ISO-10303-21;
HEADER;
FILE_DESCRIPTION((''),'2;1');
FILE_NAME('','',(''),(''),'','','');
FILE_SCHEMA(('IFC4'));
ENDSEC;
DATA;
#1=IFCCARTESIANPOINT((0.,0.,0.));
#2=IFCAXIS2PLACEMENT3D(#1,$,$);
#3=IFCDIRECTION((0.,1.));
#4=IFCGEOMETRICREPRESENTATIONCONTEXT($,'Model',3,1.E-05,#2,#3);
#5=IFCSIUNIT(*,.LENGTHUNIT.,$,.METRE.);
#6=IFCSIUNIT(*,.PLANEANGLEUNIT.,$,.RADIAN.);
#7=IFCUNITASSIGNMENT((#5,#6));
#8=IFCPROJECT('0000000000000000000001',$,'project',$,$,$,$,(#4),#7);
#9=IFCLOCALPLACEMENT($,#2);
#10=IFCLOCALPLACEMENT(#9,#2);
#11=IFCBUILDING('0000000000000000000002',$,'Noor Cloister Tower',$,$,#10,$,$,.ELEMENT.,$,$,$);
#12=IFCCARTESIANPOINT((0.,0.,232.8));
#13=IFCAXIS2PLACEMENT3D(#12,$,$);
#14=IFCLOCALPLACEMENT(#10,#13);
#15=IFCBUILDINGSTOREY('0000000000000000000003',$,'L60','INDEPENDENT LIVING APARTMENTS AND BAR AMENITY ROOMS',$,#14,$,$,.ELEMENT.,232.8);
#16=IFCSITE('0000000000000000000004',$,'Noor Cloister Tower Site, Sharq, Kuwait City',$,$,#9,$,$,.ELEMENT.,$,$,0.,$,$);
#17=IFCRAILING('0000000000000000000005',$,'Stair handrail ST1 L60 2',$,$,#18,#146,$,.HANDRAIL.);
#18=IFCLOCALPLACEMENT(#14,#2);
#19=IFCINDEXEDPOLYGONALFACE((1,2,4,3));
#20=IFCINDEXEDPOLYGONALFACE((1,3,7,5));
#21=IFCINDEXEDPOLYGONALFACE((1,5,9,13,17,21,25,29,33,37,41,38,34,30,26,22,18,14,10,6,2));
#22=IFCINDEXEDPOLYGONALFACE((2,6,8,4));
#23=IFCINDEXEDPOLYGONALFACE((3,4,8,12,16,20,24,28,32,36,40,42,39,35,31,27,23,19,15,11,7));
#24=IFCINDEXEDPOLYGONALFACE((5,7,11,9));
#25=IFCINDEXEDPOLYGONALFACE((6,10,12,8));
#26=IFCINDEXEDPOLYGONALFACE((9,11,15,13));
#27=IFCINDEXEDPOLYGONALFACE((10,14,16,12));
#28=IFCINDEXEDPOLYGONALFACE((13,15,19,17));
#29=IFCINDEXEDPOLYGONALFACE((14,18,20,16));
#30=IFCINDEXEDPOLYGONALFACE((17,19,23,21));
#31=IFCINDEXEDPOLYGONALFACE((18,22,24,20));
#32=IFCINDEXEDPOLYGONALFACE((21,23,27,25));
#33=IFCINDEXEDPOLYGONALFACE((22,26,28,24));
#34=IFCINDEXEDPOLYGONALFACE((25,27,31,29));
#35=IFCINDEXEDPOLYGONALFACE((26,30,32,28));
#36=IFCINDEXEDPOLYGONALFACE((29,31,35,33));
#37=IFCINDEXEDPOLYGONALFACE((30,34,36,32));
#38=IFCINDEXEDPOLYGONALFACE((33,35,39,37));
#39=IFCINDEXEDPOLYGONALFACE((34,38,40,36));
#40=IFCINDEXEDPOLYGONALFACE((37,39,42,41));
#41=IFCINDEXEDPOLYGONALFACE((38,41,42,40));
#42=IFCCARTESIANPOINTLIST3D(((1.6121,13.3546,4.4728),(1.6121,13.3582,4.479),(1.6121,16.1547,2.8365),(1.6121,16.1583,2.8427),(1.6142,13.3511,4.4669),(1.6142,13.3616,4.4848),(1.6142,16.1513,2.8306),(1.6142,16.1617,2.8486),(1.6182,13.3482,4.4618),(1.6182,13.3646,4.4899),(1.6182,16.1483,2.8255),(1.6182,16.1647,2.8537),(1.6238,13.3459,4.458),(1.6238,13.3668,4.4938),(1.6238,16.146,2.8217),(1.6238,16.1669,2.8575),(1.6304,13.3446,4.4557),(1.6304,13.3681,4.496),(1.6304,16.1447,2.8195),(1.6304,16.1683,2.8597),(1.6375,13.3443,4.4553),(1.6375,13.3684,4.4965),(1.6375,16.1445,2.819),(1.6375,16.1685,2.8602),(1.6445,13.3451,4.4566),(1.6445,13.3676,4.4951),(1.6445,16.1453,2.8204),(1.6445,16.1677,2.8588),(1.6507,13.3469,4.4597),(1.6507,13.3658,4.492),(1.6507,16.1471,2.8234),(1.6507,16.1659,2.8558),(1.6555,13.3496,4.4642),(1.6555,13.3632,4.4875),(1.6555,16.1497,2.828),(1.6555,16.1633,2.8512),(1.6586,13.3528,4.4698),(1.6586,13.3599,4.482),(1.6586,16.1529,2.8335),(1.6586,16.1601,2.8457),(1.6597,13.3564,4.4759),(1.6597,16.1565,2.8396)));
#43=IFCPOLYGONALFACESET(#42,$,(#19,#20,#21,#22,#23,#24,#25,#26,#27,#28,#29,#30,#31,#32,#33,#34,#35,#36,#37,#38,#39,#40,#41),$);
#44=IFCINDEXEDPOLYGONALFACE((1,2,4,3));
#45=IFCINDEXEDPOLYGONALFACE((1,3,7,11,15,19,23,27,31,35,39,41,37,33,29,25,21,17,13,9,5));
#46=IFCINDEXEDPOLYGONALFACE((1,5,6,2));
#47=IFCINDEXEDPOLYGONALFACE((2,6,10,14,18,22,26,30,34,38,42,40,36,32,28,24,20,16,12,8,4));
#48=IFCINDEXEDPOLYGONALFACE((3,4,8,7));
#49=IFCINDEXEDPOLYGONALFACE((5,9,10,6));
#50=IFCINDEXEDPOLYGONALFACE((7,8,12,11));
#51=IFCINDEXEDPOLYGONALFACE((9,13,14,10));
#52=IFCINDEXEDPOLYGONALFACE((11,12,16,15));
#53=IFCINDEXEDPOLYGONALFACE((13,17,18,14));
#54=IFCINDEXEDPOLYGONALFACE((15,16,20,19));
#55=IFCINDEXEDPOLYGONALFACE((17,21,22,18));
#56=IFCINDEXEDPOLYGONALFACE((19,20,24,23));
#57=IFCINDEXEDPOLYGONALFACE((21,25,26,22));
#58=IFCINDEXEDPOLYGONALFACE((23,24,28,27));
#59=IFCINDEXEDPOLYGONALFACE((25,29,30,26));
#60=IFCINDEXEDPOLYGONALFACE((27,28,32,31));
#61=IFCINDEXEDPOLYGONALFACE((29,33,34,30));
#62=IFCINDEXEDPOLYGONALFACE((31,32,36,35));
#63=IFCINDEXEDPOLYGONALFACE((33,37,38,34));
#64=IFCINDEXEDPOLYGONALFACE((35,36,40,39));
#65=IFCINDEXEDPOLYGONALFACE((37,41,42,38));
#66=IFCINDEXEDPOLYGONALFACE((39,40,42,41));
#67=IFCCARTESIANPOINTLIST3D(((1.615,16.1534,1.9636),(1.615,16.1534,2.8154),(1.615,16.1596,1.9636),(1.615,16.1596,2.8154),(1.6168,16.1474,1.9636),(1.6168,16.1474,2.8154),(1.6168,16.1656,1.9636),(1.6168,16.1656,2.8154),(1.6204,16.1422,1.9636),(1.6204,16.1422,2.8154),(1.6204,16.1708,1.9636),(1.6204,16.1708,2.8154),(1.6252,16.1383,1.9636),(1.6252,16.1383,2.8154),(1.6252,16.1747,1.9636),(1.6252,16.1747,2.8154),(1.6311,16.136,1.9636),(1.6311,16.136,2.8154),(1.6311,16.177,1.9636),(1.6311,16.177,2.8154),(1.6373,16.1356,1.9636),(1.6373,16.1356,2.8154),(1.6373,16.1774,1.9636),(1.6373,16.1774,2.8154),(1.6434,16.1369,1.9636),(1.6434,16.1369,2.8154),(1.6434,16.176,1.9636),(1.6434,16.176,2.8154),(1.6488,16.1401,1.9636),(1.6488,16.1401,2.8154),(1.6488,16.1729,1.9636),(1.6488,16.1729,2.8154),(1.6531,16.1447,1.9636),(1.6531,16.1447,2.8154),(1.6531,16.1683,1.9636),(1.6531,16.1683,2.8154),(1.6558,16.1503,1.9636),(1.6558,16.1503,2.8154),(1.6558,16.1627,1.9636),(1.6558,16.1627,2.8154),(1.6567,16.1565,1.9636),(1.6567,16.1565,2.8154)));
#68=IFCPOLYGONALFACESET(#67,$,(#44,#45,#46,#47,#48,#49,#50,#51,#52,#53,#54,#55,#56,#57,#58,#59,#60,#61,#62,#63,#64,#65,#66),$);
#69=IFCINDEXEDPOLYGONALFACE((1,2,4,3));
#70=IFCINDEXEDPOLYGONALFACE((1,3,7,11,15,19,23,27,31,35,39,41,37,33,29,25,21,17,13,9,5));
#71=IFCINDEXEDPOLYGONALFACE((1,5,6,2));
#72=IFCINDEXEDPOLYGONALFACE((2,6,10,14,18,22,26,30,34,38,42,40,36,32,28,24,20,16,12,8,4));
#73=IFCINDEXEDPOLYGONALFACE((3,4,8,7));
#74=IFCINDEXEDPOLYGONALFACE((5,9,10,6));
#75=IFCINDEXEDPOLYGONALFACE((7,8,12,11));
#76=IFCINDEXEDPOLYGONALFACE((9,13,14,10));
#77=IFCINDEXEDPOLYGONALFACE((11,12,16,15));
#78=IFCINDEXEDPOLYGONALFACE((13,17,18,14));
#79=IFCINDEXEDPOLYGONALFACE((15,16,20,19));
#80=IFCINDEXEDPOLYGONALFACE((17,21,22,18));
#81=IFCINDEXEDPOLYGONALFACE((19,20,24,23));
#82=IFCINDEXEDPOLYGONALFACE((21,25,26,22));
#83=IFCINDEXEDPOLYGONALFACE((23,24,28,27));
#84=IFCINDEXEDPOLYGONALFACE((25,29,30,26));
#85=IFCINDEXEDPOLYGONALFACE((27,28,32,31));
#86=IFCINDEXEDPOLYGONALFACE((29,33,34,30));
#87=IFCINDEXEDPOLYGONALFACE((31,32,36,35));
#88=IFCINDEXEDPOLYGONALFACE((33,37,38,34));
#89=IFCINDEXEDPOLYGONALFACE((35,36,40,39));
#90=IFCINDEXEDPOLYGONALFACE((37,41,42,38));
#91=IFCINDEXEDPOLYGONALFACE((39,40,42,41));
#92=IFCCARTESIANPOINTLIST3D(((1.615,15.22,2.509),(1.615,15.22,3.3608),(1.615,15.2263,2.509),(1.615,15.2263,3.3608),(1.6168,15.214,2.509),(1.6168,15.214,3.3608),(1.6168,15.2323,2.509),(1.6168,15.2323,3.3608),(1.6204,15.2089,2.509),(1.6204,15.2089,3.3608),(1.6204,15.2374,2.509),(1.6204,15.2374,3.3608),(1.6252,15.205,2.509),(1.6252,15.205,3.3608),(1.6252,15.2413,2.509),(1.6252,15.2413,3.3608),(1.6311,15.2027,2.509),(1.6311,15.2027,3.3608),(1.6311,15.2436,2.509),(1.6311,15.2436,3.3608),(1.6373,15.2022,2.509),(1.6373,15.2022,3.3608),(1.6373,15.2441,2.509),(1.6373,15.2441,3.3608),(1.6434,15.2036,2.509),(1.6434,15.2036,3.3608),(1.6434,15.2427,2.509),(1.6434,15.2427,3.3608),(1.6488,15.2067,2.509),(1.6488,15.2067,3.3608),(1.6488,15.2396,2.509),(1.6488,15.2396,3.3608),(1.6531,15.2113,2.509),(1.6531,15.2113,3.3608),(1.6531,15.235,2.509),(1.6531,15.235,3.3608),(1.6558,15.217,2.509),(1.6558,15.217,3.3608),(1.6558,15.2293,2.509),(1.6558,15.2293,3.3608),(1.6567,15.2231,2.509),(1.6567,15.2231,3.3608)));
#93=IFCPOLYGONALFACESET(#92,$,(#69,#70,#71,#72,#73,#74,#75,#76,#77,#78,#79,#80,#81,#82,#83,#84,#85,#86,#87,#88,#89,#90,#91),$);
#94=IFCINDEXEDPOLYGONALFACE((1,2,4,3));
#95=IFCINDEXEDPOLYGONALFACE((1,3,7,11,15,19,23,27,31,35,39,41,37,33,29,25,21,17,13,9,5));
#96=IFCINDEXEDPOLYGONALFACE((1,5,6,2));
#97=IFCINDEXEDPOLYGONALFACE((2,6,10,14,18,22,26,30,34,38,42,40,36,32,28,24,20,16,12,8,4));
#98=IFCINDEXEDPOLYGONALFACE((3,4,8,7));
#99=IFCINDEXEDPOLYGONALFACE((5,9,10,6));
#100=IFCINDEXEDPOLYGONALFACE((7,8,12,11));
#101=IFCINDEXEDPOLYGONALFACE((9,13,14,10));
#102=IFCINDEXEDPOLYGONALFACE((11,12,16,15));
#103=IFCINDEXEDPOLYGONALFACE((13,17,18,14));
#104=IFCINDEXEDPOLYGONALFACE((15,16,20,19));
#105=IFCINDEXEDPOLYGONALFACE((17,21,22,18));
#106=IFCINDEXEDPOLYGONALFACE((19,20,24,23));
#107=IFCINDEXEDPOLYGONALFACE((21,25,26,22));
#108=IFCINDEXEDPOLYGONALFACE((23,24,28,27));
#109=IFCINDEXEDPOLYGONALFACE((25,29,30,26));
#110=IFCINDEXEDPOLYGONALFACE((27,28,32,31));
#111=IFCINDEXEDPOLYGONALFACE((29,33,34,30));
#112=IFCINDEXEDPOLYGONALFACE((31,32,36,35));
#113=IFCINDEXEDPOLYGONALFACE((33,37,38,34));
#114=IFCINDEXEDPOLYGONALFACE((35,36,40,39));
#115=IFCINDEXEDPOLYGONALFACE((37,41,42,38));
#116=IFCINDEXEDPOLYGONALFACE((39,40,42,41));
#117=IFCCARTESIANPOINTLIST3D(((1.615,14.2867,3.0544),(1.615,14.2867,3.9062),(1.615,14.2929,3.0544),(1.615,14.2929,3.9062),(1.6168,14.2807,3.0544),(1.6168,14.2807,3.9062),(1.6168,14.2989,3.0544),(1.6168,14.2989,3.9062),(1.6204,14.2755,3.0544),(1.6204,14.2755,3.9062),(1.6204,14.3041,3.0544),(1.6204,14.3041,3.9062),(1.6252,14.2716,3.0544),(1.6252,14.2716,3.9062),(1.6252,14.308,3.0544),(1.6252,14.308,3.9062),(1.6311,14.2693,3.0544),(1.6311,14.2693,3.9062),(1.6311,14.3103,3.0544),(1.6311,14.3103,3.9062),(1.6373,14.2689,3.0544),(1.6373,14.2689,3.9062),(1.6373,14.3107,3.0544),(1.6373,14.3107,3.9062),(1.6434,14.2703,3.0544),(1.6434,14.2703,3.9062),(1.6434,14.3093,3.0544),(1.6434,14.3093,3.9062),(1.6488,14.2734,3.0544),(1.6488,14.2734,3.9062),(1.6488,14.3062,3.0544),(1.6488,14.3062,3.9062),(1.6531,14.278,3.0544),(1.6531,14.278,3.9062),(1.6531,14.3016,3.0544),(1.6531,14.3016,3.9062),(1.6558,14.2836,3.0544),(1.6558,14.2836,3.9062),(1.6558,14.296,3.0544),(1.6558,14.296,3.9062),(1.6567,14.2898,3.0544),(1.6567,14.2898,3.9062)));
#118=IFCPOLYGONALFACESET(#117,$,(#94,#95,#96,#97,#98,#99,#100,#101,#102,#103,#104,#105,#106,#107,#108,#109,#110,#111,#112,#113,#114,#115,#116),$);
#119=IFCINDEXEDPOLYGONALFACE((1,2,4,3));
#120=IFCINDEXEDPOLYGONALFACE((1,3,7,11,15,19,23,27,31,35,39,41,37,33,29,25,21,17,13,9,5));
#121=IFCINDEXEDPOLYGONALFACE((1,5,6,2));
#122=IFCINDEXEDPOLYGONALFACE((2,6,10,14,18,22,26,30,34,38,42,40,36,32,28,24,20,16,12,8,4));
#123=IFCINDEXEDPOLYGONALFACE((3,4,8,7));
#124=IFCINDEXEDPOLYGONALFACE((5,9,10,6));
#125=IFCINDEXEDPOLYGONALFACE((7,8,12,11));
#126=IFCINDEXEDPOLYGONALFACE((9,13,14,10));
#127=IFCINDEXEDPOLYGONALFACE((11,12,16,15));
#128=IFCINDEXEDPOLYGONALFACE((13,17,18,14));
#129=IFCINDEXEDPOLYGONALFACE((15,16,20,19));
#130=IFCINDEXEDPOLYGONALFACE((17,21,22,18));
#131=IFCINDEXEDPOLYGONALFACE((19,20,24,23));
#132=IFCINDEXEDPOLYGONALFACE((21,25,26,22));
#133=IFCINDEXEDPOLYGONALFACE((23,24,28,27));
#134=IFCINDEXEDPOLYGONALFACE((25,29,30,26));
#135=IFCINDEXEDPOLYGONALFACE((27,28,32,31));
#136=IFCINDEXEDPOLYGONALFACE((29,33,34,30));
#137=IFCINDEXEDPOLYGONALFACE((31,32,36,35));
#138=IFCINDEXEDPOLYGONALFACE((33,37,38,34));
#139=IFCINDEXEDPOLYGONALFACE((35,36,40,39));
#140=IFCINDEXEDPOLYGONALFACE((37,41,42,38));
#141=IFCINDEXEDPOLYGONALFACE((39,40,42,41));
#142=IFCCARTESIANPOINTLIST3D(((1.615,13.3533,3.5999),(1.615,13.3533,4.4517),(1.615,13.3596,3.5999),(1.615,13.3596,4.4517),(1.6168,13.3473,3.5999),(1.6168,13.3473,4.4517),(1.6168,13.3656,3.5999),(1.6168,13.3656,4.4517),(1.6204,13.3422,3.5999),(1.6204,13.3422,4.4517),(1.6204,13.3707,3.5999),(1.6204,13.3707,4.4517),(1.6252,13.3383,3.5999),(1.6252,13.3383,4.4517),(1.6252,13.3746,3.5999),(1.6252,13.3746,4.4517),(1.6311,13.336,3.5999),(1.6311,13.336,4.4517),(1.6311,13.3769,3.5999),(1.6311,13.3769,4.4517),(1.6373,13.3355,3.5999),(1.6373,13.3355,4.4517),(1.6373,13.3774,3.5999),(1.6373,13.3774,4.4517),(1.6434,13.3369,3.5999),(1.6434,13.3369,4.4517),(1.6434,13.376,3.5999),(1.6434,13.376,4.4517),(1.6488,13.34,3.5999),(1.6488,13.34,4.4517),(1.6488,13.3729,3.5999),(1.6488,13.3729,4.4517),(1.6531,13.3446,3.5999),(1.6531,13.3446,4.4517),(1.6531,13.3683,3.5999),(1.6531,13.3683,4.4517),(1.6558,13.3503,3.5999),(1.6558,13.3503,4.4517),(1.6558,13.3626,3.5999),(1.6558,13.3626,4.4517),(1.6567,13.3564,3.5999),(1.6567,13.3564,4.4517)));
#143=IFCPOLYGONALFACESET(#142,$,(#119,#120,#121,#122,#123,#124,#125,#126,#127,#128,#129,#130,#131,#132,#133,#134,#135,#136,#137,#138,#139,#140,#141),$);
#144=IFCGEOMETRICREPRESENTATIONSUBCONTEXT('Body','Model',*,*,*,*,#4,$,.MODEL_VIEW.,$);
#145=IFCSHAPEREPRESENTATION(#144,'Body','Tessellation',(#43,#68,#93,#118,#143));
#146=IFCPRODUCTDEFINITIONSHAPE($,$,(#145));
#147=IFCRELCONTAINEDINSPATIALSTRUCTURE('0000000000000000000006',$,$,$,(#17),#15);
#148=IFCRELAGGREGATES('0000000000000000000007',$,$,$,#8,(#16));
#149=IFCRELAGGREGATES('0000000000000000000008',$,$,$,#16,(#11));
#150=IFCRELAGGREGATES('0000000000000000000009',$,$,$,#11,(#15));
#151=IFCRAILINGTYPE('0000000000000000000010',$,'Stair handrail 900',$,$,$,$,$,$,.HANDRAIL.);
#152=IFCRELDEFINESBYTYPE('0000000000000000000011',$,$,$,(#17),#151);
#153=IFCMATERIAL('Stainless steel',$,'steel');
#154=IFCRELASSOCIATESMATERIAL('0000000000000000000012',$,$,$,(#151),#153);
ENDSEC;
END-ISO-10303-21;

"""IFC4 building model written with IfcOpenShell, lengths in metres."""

from ifc_helpers import new_model, si_unit, direction, frame, origin, origin_2d, place, context, subcontext, project, spatial, circle, extrude, material, type_object, element, save


model = new_model("IFC4")

# Units and contexts
model_context = context("Model", 3, precision=1e-05, world=origin(), true_north=direction((0.0, 1.0)))
body_context = subcontext(model_context, "Body", "Model", "MODEL_VIEW")
ifc_project = project(units=[si_unit("LENGTHUNIT", "METRE"), si_unit("PLANEANGLEUNIT", "RADIAN")], contexts=[model_context])

# Site, building, storey
site_placement = place(None, origin())
site = spatial("IfcSite", under=ifc_project, at=site_placement, Name="Noor Cloister Tower Site, Sharq, Kuwait City", CompositionType="ELEMENT", RefElevation=0.0)
building_placement = place(site_placement, origin())
building = spatial("IfcBuilding", under=site, at=building_placement, Name="Noor Cloister Tower", CompositionType="ELEMENT")
storey_placement = place(building_placement, frame((0.0, 0.0, 232.8)))
storey = spatial("IfcBuildingStorey", under=building, at=storey_placement, Name="L60", Description="INDEPENDENT LIVING APARTMENTS AND BAR AMENITY ROOMS", CompositionType="ELEMENT", Elevation=232.8)

# Railing
ifc_material_1 = material(Name="Stainless steel", Category="steel")
railing_type_1 = type_object("IfcRailingType", Name="Stair handrail 900", PredefinedType="HANDRAIL", material=ifc_material_1)
railing_1_placement = place(storey_placement, frame((1.6357, 16.1565, 1.9636)))
element("IfcRailing", 1, at=railing_1_placement, inside=storey, type_object=railing_type_1, Name="Stair handrail ST1 L60 2", PredefinedType="HANDRAIL", context=body_context, shape_type="SweptSolid", body=[
    extrude(circle(Radius=0.0239, at=origin_2d()), frame((0.0, 0.0, 0.876), z_axis=(0.0, -0.863394, 0.504531), x_axis=(1.0, 0.0, 0.0)), (0.0, 0.0, 1.0), 3.2432),
    extrude(circle(Radius=0.021, at=origin_2d()), origin(), (0.0, 0.0, 1.0), 0.8518),
    extrude(circle(Radius=0.021, at=origin_2d()), frame((0.0, -0.9333, 0.5454)), (0.0, 0.0, 1.0), 0.8518),
    extrude(circle(Radius=0.021, at=origin_2d()), frame((0.0, -1.8667, 1.0908)), (0.0, 0.0, 1.0), 0.8518),
    extrude(circle(Radius=0.021, at=origin_2d()), frame((0.0, -2.8, 1.6362)), (0.0, 0.0, 1.0), 0.8518),
])

save(model, "model.ifc")
